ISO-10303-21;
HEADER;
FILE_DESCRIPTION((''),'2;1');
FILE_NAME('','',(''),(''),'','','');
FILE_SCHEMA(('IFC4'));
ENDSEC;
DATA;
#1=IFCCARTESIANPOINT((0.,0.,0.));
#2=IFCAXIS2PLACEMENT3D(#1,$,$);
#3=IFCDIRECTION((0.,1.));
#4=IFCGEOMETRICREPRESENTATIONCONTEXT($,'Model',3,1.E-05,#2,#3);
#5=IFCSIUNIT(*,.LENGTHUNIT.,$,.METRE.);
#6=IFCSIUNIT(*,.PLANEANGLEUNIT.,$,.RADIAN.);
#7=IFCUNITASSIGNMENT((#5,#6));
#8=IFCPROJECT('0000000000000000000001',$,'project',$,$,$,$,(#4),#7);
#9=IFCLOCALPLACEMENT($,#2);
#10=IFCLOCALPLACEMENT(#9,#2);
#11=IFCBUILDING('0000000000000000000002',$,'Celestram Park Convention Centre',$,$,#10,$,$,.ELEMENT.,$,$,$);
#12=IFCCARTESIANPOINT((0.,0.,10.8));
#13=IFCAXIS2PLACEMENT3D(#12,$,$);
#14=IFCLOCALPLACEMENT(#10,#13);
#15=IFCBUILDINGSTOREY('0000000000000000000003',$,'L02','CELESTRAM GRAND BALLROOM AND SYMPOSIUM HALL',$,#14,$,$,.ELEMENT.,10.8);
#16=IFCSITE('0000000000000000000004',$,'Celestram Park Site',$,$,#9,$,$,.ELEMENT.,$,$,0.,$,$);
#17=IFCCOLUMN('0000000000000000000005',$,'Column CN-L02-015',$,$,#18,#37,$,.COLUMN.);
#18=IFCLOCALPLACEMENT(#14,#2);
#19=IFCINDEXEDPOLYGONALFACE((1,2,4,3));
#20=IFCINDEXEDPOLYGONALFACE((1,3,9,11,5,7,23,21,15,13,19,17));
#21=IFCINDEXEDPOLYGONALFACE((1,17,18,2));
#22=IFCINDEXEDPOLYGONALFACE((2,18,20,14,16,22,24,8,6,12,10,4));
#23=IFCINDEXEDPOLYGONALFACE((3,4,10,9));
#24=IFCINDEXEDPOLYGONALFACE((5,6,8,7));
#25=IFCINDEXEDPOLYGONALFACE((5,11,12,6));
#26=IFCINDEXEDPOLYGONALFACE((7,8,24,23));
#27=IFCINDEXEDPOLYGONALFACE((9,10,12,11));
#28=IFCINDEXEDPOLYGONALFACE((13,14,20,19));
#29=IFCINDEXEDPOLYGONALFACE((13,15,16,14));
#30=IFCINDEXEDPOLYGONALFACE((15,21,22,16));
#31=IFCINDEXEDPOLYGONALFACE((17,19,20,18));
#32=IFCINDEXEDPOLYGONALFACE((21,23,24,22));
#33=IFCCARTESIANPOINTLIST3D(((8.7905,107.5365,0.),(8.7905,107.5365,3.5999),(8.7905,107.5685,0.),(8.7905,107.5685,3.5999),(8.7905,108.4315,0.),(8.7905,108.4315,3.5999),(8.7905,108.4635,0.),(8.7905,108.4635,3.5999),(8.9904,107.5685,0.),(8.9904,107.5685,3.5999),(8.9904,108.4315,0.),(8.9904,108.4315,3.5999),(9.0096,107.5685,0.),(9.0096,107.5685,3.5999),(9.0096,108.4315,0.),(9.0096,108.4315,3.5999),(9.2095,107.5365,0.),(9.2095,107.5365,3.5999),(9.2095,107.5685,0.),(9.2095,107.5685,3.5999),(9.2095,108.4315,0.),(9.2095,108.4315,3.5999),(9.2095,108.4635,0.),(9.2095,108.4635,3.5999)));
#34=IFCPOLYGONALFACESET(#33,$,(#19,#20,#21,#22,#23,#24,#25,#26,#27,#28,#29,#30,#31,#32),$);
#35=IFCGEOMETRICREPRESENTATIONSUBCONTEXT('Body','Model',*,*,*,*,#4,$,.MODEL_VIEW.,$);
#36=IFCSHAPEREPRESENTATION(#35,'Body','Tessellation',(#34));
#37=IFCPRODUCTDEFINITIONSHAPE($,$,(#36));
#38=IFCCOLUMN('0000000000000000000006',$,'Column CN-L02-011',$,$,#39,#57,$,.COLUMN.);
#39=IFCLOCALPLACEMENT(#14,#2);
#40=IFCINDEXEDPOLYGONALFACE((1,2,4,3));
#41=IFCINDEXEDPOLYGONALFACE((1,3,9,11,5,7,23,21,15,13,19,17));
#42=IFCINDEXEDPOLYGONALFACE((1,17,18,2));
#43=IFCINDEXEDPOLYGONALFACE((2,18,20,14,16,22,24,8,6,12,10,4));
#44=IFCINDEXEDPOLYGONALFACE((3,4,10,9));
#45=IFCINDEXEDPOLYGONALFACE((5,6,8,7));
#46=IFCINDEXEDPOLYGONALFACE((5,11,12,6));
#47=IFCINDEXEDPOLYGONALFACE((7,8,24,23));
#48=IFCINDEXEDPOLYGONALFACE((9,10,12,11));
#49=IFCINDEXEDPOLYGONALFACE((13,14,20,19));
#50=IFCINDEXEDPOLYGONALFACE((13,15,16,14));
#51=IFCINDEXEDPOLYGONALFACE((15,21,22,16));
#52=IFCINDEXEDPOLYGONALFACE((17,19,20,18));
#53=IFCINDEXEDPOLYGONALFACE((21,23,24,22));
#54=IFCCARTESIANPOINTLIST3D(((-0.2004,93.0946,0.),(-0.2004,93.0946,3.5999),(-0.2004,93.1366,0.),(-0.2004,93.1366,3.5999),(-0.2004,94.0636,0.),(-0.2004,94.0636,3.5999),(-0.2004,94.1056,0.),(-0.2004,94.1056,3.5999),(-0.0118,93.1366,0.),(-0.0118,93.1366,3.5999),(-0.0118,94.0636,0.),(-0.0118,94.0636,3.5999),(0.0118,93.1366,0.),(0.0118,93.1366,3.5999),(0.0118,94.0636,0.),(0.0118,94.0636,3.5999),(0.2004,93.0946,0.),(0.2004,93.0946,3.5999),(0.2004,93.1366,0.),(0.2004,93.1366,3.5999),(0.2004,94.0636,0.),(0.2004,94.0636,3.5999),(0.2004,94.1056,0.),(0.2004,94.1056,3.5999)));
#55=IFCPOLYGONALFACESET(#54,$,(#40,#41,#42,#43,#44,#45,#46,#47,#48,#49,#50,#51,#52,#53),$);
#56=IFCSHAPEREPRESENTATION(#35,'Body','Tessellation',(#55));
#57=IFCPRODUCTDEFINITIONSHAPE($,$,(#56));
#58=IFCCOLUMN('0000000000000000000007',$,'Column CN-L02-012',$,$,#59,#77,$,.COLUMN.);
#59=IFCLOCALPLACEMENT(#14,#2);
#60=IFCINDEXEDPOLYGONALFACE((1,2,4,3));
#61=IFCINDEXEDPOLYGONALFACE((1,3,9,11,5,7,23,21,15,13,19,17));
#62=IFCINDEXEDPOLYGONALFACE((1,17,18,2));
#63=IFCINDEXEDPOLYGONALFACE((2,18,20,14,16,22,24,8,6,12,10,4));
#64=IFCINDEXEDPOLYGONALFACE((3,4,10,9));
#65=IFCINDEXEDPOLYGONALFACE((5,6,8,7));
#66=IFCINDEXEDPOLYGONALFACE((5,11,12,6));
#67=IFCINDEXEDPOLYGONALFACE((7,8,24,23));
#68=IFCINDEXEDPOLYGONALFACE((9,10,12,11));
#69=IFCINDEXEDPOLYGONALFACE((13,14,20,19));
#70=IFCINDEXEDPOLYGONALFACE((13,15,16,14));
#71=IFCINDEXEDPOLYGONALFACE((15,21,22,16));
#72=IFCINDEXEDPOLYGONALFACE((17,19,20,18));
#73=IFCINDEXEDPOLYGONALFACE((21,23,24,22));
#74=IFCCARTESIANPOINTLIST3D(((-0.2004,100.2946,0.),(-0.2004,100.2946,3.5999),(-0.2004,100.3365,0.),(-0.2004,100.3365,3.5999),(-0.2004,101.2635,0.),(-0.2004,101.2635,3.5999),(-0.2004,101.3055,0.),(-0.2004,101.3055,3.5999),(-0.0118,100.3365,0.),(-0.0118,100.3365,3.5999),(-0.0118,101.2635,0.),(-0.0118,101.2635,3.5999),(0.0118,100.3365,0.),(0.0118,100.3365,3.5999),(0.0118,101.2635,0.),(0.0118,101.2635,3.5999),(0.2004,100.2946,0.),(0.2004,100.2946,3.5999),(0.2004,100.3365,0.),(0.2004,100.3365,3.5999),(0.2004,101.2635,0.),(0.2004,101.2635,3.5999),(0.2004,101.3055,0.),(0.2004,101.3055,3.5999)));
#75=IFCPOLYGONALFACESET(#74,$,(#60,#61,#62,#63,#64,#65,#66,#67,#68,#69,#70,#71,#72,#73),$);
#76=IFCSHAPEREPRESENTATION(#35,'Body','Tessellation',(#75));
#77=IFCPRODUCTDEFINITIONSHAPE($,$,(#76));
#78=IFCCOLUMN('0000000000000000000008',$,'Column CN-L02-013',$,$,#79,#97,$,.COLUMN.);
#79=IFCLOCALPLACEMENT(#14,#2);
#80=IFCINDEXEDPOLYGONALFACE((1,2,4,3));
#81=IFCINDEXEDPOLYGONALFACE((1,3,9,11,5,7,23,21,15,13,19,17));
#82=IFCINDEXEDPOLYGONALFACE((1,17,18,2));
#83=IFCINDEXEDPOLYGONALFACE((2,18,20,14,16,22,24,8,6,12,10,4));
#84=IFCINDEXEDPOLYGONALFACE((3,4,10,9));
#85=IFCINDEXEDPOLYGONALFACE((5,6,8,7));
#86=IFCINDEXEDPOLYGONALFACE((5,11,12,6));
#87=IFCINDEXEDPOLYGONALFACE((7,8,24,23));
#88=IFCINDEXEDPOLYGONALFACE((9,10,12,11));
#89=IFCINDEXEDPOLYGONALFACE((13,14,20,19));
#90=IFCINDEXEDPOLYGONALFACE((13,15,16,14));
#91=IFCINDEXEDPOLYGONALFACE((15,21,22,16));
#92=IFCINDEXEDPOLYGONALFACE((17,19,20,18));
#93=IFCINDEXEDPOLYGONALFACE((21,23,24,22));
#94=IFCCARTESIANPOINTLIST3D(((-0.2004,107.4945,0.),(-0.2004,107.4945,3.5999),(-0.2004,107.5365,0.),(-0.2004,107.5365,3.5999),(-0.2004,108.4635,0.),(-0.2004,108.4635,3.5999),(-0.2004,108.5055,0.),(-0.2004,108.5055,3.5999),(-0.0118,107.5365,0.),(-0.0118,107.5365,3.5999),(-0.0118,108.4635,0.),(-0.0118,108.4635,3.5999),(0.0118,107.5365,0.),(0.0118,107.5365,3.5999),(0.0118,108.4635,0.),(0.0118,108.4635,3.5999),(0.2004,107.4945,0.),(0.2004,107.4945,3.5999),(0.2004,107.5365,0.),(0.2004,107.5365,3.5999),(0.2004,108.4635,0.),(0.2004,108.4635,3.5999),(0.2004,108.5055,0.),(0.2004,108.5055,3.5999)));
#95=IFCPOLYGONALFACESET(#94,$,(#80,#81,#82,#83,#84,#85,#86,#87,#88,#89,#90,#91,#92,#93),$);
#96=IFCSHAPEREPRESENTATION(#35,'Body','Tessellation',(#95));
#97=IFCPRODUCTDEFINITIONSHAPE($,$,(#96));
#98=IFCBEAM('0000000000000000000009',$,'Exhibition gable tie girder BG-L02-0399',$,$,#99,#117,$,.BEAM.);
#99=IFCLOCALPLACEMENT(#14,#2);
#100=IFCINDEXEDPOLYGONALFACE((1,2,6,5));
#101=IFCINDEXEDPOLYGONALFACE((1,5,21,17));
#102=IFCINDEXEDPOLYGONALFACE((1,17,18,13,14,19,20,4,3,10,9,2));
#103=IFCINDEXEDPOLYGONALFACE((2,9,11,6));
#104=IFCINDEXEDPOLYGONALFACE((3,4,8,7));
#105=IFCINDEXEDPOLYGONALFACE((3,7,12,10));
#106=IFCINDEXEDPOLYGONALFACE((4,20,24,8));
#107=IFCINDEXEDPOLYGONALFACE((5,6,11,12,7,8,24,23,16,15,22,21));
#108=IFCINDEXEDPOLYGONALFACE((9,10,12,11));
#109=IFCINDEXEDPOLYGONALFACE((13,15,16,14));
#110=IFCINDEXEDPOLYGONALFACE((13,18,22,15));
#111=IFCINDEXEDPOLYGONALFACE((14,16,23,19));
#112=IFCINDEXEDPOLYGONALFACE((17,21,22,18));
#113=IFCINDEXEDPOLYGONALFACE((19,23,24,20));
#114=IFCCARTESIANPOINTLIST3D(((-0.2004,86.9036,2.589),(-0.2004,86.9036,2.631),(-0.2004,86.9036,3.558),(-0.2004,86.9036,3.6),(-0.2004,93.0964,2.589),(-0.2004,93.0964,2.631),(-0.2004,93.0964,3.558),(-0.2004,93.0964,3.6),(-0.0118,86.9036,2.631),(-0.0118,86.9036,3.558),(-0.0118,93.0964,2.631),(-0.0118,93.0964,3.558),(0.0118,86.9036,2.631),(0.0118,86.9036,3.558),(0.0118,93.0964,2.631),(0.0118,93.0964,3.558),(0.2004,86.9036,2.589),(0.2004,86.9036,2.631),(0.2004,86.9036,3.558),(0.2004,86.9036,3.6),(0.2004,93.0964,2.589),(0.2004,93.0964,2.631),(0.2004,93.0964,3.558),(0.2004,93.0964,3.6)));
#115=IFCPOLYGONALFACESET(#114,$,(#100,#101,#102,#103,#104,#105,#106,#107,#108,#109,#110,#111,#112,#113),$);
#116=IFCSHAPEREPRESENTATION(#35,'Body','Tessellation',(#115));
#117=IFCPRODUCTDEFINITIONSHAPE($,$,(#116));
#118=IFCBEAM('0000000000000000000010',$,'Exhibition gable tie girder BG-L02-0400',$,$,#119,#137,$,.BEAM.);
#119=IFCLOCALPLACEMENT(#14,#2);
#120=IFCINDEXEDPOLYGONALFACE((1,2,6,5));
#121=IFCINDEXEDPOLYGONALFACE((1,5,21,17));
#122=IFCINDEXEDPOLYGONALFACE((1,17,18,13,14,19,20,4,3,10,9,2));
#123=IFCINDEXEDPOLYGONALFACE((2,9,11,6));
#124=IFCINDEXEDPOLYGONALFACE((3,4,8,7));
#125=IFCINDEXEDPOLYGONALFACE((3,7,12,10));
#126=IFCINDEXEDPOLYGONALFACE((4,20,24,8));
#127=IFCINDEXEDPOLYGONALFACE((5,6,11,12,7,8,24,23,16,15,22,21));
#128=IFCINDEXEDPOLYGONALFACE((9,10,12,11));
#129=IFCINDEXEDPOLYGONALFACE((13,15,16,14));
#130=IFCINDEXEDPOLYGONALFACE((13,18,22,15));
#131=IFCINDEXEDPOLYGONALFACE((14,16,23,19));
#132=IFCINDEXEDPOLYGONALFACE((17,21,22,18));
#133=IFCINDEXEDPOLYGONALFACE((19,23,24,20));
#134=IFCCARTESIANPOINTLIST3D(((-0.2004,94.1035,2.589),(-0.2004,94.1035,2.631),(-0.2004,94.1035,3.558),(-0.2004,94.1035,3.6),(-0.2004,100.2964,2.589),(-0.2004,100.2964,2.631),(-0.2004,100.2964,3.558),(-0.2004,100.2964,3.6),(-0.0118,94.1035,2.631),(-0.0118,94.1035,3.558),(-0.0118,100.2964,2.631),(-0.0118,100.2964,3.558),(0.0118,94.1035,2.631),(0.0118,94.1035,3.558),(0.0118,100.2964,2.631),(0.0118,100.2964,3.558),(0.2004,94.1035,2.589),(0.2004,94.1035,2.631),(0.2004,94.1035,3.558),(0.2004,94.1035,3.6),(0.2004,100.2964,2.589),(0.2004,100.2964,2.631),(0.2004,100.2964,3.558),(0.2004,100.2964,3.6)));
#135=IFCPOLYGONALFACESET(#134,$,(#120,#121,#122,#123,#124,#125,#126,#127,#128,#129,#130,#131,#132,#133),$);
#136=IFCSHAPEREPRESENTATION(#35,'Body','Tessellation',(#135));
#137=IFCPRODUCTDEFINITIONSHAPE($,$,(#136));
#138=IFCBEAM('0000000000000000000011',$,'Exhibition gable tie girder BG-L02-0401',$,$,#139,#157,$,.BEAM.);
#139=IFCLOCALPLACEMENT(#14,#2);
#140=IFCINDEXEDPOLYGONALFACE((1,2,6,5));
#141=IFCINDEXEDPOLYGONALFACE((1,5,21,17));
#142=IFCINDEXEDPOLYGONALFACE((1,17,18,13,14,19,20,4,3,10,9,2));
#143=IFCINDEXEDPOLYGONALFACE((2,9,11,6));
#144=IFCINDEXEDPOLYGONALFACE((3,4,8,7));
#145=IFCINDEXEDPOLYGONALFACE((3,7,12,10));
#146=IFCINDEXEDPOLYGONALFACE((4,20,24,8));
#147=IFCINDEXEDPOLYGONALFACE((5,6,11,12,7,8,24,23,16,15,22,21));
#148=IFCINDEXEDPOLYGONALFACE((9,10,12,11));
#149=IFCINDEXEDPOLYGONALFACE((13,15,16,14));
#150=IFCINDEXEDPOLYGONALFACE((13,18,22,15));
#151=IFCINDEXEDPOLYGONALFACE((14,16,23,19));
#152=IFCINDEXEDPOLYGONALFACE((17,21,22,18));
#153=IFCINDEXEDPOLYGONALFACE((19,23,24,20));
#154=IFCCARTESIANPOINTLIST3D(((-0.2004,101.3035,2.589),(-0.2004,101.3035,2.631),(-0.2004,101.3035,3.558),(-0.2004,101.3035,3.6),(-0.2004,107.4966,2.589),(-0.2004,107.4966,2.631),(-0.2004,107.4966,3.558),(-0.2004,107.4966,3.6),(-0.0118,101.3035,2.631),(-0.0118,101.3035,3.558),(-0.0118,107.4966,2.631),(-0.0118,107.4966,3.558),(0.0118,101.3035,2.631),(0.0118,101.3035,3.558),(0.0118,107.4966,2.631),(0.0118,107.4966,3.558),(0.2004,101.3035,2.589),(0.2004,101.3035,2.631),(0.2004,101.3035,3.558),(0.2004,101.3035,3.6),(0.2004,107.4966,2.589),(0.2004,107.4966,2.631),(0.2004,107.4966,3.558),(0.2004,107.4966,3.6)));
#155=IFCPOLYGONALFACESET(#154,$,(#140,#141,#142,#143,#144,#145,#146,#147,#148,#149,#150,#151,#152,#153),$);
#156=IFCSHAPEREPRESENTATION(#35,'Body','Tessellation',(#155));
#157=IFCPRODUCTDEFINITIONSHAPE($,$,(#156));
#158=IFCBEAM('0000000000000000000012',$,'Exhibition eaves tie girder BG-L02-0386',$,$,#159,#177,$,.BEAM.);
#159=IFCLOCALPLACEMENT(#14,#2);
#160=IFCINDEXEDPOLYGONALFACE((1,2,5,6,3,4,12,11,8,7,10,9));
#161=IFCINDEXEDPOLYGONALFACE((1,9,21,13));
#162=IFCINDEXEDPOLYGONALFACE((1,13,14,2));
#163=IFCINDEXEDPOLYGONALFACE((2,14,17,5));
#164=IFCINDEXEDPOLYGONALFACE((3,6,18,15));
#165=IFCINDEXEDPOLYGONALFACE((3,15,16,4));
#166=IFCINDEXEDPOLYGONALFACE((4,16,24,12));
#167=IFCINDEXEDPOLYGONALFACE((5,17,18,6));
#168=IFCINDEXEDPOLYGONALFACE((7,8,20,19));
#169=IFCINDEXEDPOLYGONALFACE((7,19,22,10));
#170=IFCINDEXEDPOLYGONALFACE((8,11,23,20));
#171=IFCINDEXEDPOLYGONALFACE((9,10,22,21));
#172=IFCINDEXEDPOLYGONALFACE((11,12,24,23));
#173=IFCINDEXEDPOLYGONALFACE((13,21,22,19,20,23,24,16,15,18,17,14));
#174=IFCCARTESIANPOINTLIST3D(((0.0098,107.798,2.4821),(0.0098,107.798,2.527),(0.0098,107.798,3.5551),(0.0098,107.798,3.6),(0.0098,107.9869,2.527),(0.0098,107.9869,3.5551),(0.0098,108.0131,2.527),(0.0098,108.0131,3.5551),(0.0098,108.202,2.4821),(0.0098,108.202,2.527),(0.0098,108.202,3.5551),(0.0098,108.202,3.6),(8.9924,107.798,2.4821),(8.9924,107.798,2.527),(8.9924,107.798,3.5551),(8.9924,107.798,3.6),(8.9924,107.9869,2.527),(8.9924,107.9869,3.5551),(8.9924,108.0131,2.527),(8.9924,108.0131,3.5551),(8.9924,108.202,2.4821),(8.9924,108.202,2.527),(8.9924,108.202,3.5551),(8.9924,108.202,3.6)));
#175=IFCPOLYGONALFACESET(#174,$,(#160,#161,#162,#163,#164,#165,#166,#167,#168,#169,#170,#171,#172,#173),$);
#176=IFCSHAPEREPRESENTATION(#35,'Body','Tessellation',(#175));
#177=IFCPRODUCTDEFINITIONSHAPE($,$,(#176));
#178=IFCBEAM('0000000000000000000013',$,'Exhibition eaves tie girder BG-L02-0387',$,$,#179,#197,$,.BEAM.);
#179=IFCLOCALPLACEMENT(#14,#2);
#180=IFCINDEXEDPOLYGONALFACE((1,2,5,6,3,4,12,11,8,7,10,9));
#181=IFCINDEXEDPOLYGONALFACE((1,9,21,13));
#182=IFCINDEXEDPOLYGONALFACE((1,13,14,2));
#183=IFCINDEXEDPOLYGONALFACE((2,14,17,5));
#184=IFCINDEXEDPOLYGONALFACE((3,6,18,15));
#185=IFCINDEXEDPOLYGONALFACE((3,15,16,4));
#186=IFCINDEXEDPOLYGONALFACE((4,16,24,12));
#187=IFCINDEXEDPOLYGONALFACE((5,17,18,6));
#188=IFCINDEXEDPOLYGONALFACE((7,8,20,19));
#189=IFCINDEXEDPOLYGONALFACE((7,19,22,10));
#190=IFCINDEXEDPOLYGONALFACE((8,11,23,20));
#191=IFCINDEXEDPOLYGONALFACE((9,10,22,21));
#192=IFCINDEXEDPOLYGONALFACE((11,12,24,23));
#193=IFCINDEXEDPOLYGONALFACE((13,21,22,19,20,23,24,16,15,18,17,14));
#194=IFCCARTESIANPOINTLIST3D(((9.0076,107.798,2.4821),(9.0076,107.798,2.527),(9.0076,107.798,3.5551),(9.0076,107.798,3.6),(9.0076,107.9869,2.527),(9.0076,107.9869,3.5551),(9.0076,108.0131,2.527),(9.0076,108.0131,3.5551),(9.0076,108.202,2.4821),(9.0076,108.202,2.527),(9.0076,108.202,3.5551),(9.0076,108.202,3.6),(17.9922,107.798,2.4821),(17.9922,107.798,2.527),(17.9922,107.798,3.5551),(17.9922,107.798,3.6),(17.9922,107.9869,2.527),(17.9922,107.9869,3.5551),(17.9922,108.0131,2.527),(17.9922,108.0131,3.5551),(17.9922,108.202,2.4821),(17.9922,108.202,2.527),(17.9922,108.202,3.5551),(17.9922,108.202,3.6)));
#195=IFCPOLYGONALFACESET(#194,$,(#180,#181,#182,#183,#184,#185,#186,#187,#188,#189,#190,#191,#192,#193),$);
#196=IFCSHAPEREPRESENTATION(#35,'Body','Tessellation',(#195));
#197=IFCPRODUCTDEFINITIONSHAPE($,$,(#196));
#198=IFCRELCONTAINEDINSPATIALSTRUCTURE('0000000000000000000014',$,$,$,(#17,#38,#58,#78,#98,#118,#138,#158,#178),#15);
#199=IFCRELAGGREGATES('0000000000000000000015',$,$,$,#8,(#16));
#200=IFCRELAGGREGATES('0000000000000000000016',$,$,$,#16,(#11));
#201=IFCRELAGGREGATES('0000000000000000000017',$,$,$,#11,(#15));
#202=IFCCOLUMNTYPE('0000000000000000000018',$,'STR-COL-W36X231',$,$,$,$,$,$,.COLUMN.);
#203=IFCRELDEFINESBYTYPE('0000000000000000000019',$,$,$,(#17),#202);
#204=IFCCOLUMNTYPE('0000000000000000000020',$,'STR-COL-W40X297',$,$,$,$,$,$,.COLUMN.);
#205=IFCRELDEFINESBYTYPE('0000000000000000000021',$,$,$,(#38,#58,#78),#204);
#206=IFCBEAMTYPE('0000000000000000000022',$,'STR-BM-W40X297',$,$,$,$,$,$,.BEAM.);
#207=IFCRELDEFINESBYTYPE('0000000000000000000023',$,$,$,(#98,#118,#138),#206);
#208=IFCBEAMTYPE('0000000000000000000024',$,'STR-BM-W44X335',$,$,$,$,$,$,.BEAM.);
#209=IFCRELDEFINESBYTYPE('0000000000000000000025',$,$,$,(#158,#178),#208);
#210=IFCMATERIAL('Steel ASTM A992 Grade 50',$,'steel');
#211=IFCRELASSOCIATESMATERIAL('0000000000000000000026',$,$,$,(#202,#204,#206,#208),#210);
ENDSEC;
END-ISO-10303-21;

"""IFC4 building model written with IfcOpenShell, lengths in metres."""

from ifc_helpers import new_model, si_unit, direction, frame, origin, origin_2d, place, context, subcontext, project, spatial, i_section, extrude, material, material_profile, profile_set, type_object, element, save


model = new_model("IFC4")

# Units and contexts
model_context = context("Model", 3, precision=1e-05, world=origin(), true_north=direction((0.0, 1.0)))
body_context = subcontext(model_context, "Body", "Model", "MODEL_VIEW")
ifc_project = project(units=[si_unit("LENGTHUNIT", "METRE"), si_unit("PLANEANGLEUNIT", "RADIAN")], contexts=[model_context])

# Site, building, storey
site_placement = place(None, origin())
site = spatial("IfcSite", under=ifc_project, at=site_placement, Name="Celestram Park Site", CompositionType="ELEMENT", RefElevation=0.0)
building_placement = place(site_placement, origin())
building = spatial("IfcBuilding", under=site, at=building_placement, Name="Celestram Park Convention Centre", CompositionType="ELEMENT")
storey_placement = place(building_placement, frame((0.0, 0.0, 10.8)))
storey = spatial("IfcBuildingStorey", under=building, at=storey_placement, Name="L02", Description="CELESTRAM GRAND BALLROOM AND SYMPOSIUM HALL", CompositionType="ELEMENT", Elevation=10.8)

# Columns
ifc_material_1 = material(Name="Steel ASTM A992 Grade 50", Category="steel")
ifc_material_profile_1 = material_profile(ifc_material_1, i_section(OverallWidth=0.4189, OverallDepth=0.927, WebThickness=0.0193, FlangeThickness=0.032, at=origin_2d()), Name="W36X231")
ifc_profile_set_1 = profile_set([ifc_material_profile_1], Name="Steel ASTM A992 Grade 50")
column_type_1 = type_object("IfcColumnType", Name="STR-COL-W36X231", PredefinedType="COLUMN", material=ifc_profile_set_1)
column_placement = place(storey_placement, frame((9.0, 108.0, 0.0), z_axis=(0.0, 0.0, 1.0), x_axis=(1.0, 0.0, 0.0)))
element("IfcColumn", 1, at=column_placement, inside=storey, type_object=column_type_1, Name="Column CN-L02-015", PredefinedType="COLUMN", context=body_context, shape_type="SweptSolid", body=[
    extrude(i_section(OverallWidth=0.4189, OverallDepth=0.927, WebThickness=0.0193, FlangeThickness=0.032, at=origin_2d()), origin(), (0.0, 0.0, 1.0), 3.5999),
])
ifc_material_profile_2 = material_profile(ifc_material_1, i_section(OverallWidth=0.4009, OverallDepth=1.011, WebThickness=0.0237, FlangeThickness=0.042, at=origin_2d()), Name="W40X297")
ifc_profile_set_2 = profile_set([ifc_material_profile_2], Name="Steel ASTM A992 Grade 50")
column_type_2 = type_object("IfcColumnType", Name="STR-COL-W40X297", PredefinedType="COLUMN", material=ifc_profile_set_2)
for number, where, z_axis, x_axis, name in (
    (2, (0.0, 93.6001, 0.0), (0.0, 0.0, 1.0), (1.0, 0.0, 0.0), "Column CN-L02-011"),
    (3, (0.0, 100.8, 0.0), (0.0, 0.0, 1.0), (1.0, 0.0, 0.0), "Column CN-L02-012"),
    (4, (0.0, 108.0, 0.0), (0.0, 0.0, 1.0), (1.0, 0.0, 0.0), "Column CN-L02-013"),
):
    element("IfcColumn", number, at=place(storey_placement, frame(where, z_axis=z_axis, x_axis=x_axis)), inside=storey, type_object=column_type_2, Name=name, PredefinedType="COLUMN", context=body_context, shape_type="SweptSolid", body=[
        extrude(i_section(OverallWidth=0.4009, OverallDepth=1.011, WebThickness=0.0237, FlangeThickness=0.042, at=origin_2d()), origin(), (0.0, 0.0, 1.0), 3.5999),
    ])

# Beams
ifc_material_profile_3 = material_profile(ifc_material_1, i_section(OverallWidth=0.4009, OverallDepth=1.011, WebThickness=0.0237, FlangeThickness=0.042, at=origin_2d()), Name="W40X297")
ifc_profile_set_3 = profile_set([ifc_material_profile_3], Name="Steel ASTM A992 Grade 50")
beam_type_1 = type_object("IfcBeamType", Name="STR-BM-W40X297", PredefinedType="BEAM", material=ifc_profile_set_3)
for number, where, z_axis, x_axis, name in (
    (5, (0.0, 86.9036, 3.0945), (0.0, 1.0, 0.0), (-1.0, 0.0, 0.0), "Exhibition gable tie girder BG-L02-0399"),
    (6, (0.0, 94.1035, 3.0945), (0.0, 1.0, 0.0), (-1.0, 0.0, 0.0), "Exhibition gable tie girder BG-L02-0400"),
):
    element("IfcBeam", number, at=place(storey_placement, frame(where, z_axis=z_axis, x_axis=x_axis)), inside=storey, type_object=beam_type_1, Name=name, PredefinedType="BEAM", context=body_context, shape_type="SweptSolid", body=[
        extrude(i_section(OverallWidth=0.4009, OverallDepth=1.011, WebThickness=0.0237, FlangeThickness=0.042, at=origin_2d()), origin(), (0.0, 0.0, 1.0), 6.1929),
    ])
beam_1_placement = place(storey_placement, frame((0.0, 101.3035, 3.0945), z_axis=(0.0, 1.0, 0.0), x_axis=(-1.0, 0.0, 0.0)))
element("IfcBeam", 7, at=beam_1_placement, inside=storey, type_object=beam_type_1, Name="Exhibition gable tie girder BG-L02-0401", PredefinedType="BEAM", context=body_context, shape_type="SweptSolid", body=[
    extrude(i_section(OverallWidth=0.4009, OverallDepth=1.011, WebThickness=0.0237, FlangeThickness=0.042, at=origin_2d()), origin(), (0.0, 0.0, 1.0), 6.1931),
])
ifc_material_profile_4 = material_profile(ifc_material_1, i_section(OverallWidth=0.4041, OverallDepth=1.1179, WebThickness=0.0261, FlangeThickness=0.0449, at=origin_2d()), Name="W44X335")
ifc_profile_set_4 = profile_set([ifc_material_profile_4], Name="Steel ASTM A992 Grade 50")
beam_type_2 = type_object("IfcBeamType", Name="STR-BM-W44X335", PredefinedType="BEAM", material=ifc_profile_set_4)
beam_2_placement = place(storey_placement, frame((0.0098, 108.0, 3.041), z_axis=(1.0, 0.0, 0.0), x_axis=(0.0, 1.0, 0.0)))
element("IfcBeam", 8, at=beam_2_placement, inside=storey, type_object=beam_type_2, Name="Exhibition eaves tie girder BG-L02-0386", PredefinedType="BEAM", context=body_context, shape_type="SweptSolid", body=[
    extrude(i_section(OverallWidth=0.4041, OverallDepth=1.1179, WebThickness=0.0261, FlangeThickness=0.0449, at=origin_2d()), origin(), (0.0, 0.0, 1.0), 8.9827),
])
beam_3_placement = place(storey_placement, frame((9.0076, 108.0, 3.041), z_axis=(1.0, 0.0, 0.0), x_axis=(0.0, 1.0, 0.0)))
element("IfcBeam", 9, at=beam_3_placement, inside=storey, type_object=beam_type_2, Name="Exhibition eaves tie girder BG-L02-0387", PredefinedType="BEAM", context=body_context, shape_type="SweptSolid", body=[
    extrude(i_section(OverallWidth=0.4041, OverallDepth=1.1179, WebThickness=0.0261, FlangeThickness=0.0449, at=origin_2d()), origin(), (0.0, 0.0, 1.0), 8.9846),
])

save(model, "model.ifc")
